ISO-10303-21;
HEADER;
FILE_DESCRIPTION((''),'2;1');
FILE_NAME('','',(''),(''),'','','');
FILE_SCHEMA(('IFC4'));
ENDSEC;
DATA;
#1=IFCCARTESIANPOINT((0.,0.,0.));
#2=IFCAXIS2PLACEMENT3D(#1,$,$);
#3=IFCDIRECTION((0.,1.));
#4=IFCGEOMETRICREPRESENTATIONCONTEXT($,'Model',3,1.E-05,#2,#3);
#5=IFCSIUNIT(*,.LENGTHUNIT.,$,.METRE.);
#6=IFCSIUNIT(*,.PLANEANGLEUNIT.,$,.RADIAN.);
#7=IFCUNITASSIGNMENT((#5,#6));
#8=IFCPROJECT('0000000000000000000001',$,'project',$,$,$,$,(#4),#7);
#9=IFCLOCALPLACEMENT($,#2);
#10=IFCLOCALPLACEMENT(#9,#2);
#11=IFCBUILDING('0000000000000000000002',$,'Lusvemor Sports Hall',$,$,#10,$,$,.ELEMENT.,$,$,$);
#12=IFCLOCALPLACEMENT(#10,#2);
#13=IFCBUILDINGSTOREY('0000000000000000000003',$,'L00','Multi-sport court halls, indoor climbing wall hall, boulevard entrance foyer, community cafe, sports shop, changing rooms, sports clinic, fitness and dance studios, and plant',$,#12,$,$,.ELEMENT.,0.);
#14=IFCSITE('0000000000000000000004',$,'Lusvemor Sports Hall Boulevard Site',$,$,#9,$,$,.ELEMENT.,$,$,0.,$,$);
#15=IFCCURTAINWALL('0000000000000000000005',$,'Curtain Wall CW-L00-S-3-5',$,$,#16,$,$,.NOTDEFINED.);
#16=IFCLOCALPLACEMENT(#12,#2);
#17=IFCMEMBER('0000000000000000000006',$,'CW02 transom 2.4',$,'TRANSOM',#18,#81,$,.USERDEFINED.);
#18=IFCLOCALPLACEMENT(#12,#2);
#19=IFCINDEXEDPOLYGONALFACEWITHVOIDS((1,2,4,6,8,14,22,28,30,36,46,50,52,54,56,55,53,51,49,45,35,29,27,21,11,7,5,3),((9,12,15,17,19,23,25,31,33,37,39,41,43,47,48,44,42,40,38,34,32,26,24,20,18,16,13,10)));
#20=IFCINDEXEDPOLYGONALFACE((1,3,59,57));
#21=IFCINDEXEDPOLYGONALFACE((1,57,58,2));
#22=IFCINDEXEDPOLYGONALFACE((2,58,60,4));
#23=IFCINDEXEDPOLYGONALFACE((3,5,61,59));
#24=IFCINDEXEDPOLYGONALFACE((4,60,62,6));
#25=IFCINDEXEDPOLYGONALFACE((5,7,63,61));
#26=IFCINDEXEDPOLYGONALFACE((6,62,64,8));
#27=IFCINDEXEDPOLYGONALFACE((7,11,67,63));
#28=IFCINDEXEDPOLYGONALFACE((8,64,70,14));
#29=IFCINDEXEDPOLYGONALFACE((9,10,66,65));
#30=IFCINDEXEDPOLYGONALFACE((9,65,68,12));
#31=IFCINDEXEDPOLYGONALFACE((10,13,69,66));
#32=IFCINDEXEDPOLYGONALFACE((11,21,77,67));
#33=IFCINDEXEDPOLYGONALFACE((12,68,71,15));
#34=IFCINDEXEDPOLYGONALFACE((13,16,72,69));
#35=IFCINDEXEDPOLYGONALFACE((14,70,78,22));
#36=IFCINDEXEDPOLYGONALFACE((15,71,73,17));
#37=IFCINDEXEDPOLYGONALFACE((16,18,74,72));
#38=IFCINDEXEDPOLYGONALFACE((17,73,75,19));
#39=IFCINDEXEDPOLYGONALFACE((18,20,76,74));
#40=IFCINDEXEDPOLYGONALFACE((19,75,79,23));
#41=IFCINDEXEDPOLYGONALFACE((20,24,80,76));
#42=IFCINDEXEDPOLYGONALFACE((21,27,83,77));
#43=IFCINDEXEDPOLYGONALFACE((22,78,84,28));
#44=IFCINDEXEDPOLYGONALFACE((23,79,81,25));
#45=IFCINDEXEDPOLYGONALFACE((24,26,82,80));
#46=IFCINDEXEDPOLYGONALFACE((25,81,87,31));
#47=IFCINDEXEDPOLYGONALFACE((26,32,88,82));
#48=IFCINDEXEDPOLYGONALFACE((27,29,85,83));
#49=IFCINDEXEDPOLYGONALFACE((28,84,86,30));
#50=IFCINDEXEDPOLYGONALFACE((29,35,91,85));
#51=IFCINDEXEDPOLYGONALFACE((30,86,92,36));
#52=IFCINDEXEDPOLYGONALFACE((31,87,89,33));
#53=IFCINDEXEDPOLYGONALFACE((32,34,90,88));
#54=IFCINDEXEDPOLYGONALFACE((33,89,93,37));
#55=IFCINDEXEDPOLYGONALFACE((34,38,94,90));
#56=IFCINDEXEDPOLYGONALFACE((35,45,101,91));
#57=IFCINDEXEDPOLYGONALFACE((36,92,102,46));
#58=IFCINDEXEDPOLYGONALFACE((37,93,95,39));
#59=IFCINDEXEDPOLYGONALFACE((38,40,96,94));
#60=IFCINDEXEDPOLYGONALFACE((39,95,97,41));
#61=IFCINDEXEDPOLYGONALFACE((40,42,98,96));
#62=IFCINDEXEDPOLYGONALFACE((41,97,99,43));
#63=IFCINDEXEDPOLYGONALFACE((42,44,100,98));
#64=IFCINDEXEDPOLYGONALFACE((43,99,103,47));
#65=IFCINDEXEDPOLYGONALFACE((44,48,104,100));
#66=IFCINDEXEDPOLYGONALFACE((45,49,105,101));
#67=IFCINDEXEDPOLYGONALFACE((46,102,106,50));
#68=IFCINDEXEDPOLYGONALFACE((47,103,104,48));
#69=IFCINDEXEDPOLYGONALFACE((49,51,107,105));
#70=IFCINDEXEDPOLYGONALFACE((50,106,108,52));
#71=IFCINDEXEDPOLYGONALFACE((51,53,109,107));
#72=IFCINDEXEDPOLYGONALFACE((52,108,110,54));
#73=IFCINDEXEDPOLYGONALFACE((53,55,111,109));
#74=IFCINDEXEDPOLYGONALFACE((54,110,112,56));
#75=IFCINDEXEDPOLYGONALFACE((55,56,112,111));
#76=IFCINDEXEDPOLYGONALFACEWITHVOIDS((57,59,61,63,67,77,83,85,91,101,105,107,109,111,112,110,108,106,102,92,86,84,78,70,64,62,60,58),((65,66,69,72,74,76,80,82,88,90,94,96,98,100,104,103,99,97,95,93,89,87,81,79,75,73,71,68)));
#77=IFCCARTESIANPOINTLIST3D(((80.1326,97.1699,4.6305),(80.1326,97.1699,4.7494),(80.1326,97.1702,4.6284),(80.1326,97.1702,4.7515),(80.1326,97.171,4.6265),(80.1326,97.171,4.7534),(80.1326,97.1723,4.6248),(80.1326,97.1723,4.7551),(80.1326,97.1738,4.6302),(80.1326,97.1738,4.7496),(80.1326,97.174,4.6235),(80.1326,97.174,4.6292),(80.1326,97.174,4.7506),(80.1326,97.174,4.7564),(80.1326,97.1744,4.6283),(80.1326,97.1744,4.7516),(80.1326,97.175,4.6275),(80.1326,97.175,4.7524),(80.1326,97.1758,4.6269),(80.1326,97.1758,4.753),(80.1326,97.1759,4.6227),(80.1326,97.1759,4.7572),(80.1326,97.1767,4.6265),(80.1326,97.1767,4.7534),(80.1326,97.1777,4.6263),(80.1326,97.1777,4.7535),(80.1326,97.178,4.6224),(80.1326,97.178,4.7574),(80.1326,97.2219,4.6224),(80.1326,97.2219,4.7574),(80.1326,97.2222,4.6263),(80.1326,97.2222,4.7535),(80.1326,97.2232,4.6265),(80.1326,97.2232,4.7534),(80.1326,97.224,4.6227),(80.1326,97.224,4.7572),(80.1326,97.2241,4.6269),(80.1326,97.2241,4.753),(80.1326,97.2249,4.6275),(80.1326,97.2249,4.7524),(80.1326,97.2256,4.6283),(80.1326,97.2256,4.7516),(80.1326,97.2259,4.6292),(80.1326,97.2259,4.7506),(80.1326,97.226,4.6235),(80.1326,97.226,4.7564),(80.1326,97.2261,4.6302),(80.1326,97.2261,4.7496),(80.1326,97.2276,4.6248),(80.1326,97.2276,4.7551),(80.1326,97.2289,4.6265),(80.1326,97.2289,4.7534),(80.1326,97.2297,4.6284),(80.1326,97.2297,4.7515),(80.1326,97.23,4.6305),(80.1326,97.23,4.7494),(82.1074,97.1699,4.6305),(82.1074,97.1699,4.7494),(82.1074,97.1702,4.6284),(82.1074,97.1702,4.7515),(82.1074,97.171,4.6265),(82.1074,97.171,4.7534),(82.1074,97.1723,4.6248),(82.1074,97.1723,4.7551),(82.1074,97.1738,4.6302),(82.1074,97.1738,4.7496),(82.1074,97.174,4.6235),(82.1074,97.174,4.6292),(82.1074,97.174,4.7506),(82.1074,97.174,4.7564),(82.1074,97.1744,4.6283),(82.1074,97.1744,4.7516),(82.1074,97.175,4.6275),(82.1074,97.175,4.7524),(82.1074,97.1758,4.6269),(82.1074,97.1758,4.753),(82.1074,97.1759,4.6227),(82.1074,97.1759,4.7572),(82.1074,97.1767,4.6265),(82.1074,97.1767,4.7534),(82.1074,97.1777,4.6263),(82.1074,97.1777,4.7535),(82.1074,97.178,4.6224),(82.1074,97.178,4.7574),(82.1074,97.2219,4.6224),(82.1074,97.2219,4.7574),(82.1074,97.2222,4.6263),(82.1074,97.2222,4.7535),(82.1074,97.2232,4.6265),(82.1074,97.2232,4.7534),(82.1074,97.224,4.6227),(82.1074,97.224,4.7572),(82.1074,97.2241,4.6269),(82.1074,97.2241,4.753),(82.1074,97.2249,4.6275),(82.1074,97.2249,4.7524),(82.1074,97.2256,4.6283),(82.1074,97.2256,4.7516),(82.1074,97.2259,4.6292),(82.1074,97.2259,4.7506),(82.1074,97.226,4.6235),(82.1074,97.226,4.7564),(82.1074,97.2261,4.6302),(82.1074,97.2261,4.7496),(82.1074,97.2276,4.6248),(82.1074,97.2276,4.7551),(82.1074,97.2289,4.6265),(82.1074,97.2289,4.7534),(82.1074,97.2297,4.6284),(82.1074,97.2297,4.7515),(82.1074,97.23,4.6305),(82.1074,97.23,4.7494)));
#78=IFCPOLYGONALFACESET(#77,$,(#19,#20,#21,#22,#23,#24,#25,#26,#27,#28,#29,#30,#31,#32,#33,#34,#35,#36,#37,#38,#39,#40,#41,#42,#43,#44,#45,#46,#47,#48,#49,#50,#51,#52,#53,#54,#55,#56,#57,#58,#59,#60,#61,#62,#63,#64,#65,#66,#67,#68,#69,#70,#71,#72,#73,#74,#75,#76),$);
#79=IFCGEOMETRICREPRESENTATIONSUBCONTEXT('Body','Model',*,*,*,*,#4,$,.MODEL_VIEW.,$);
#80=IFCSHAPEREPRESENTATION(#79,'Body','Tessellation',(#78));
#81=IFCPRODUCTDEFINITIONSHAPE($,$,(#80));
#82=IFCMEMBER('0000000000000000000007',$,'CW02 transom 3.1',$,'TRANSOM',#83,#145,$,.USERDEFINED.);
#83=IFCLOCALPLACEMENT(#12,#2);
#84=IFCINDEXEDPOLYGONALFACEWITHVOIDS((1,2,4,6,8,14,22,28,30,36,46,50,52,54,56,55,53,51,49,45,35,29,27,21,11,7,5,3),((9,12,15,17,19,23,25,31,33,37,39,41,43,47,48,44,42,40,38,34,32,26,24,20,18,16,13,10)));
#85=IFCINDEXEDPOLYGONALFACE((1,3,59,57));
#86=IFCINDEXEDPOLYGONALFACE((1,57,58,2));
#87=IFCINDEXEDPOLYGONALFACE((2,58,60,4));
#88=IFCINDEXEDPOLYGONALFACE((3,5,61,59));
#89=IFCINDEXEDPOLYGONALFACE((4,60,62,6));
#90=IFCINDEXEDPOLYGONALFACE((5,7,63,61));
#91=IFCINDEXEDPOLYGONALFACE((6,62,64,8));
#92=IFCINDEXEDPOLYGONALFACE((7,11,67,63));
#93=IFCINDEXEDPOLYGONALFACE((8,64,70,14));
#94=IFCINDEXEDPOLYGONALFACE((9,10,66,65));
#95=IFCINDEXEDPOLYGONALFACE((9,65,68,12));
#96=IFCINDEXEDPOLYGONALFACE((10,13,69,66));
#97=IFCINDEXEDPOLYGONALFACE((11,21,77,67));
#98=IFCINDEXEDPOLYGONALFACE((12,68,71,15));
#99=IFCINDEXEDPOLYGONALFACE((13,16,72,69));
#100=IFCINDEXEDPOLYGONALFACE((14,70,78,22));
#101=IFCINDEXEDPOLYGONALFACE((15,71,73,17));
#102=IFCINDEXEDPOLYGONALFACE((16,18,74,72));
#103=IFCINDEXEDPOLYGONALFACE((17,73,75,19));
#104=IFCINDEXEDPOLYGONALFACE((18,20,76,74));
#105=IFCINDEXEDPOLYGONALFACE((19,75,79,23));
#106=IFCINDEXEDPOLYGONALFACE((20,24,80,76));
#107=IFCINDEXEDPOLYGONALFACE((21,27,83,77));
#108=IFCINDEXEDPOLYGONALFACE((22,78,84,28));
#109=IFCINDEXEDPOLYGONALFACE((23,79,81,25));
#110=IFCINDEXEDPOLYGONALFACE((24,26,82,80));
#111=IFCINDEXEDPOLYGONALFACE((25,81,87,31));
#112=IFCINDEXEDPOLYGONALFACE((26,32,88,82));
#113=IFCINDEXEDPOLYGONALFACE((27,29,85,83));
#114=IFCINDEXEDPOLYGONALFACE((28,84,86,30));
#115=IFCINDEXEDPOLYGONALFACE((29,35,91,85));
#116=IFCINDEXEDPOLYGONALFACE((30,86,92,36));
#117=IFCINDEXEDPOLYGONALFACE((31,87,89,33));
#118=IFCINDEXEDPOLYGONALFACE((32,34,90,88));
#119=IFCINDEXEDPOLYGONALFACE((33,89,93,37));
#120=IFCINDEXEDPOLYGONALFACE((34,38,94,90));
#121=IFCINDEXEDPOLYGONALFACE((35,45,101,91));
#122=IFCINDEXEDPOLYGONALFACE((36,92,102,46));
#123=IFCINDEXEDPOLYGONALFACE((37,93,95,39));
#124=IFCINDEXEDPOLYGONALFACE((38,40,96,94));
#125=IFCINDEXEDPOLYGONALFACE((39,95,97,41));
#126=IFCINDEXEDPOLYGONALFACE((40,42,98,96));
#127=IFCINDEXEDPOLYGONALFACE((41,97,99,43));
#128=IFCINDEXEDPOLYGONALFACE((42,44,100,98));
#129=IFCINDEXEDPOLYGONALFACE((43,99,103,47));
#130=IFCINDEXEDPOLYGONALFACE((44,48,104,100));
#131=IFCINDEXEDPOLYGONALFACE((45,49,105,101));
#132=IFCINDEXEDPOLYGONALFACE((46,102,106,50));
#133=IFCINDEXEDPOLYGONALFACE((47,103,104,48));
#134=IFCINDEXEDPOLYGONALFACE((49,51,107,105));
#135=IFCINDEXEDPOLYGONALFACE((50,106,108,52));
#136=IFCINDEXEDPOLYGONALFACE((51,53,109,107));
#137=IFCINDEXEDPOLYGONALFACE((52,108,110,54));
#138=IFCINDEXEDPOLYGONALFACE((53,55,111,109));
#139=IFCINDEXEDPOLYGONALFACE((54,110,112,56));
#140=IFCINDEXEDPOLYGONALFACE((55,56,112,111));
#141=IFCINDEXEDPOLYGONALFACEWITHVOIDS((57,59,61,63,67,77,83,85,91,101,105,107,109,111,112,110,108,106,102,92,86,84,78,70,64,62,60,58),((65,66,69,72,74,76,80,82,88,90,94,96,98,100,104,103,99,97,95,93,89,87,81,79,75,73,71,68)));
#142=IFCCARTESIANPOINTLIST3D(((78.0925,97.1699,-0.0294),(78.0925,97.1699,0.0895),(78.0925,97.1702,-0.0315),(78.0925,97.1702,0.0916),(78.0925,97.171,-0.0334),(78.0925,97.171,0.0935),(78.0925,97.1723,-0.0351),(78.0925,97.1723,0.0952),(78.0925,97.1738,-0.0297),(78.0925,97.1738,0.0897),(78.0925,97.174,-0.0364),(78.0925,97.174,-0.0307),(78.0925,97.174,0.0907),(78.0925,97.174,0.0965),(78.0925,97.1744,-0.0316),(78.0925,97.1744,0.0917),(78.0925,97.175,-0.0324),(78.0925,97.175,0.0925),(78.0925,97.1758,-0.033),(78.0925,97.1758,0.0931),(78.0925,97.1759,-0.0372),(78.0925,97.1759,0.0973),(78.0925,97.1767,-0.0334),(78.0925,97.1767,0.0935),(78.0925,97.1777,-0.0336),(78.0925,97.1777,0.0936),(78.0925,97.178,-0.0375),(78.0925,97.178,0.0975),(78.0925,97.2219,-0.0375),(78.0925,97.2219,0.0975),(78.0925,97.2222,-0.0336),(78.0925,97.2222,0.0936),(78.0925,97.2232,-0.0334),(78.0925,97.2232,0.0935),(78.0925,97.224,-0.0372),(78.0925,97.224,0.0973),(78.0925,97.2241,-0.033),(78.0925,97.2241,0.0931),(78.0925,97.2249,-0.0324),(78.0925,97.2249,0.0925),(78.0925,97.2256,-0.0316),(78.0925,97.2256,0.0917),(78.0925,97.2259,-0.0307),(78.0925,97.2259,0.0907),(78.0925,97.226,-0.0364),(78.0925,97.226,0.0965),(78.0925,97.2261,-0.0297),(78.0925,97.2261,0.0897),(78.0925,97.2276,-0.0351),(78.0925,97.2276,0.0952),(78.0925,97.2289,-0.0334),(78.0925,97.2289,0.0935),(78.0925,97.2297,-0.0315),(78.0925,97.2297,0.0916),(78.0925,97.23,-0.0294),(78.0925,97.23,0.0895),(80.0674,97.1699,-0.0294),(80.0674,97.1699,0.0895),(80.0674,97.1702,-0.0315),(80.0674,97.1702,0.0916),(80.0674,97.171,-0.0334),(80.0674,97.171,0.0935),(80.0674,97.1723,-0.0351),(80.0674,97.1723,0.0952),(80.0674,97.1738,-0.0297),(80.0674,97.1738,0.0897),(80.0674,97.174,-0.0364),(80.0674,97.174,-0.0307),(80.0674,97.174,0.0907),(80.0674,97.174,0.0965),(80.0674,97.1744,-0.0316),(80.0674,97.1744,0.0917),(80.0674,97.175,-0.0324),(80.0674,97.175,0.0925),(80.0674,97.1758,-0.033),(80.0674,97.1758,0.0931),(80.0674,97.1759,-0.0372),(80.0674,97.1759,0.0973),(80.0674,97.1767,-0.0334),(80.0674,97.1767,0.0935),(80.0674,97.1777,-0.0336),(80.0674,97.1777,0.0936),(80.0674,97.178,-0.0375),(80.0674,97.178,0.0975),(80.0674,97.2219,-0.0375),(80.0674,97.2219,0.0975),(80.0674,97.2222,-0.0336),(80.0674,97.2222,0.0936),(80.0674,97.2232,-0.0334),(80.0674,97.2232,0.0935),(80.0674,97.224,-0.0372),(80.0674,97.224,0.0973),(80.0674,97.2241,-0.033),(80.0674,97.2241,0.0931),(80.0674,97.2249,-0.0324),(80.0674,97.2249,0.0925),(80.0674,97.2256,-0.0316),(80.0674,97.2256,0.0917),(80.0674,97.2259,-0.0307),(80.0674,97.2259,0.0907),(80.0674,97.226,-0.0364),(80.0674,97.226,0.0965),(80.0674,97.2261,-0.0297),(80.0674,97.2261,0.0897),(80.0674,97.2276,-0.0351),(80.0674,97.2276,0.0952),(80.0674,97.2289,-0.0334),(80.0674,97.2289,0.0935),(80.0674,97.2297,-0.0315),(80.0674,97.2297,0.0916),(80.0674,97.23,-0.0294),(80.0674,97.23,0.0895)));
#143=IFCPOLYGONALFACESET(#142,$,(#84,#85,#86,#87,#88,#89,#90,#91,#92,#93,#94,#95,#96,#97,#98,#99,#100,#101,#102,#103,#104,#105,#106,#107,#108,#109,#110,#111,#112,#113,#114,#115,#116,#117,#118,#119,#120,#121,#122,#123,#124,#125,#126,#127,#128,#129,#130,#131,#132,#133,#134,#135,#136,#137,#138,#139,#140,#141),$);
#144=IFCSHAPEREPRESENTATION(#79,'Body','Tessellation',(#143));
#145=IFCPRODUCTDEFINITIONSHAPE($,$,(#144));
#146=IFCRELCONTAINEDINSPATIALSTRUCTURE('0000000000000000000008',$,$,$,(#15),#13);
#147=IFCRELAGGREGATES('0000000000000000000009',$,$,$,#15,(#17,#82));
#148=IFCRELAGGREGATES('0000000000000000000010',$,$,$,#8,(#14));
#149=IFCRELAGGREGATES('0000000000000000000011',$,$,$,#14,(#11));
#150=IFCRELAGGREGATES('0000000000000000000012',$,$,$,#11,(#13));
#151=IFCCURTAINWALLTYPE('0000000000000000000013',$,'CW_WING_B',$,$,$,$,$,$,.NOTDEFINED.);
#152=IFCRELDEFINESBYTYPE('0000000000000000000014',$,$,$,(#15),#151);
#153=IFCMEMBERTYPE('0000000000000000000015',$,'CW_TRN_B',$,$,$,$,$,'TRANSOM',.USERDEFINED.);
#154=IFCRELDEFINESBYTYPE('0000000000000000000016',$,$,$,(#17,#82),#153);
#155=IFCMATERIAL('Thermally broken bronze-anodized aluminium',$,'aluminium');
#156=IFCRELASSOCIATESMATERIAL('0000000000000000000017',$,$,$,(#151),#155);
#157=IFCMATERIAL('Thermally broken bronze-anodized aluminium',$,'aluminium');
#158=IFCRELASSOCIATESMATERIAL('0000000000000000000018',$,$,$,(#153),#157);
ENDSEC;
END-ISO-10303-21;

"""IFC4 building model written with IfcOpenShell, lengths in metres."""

from ifc_helpers import new_model, si_unit, direction, frame, origin, origin_2d, place, context, subcontext, project, spatial, hollow_rectangle, extrude, material, material_profile, profile_set, type_object, element, aggregate, save


model = new_model("IFC4")

# Units and contexts
model_context = context("Model", 3, precision=1e-05, world=origin(), true_north=direction((0.0, 1.0)))
body_context = subcontext(model_context, "Body", "Model", "MODEL_VIEW")
ifc_project = project(units=[si_unit("LENGTHUNIT", "METRE"), si_unit("PLANEANGLEUNIT", "RADIAN")], contexts=[model_context])

# Site, building, storey
site_placement = place(None, origin())
site = spatial("IfcSite", under=ifc_project, at=site_placement, Name="Lusvemor Sports Hall Boulevard Site", CompositionType="ELEMENT", RefElevation=0.0)
building_placement = place(site_placement, origin())
building = spatial("IfcBuilding", under=site, at=building_placement, Name="Lusvemor Sports Hall", CompositionType="ELEMENT")
storey_placement = place(building_placement, origin())
storey = spatial("IfcBuildingStorey", under=building, at=storey_placement, Name="L00", Description="Multi-sport court halls, indoor climbing wall hall, boulevard entrance foyer, community cafe, sports shop, changing rooms, sports clinic, fitness and dance studios, and plant", CompositionType="ELEMENT", Elevation=0.0)

# Curtain wall, members
ifc_material_1 = material(Name="Thermally broken bronze-anodized aluminium", Category="aluminium")
curtain_wall_type = type_object("IfcCurtainWallType", Name="CW_WING_B", PredefinedType="NOTDEFINED", material=ifc_material_1)
curtain_wall_placement = place(storey_placement, origin())
curtain_wall = element("IfcCurtainWall", 1, at=curtain_wall_placement, inside=storey, type_object=curtain_wall_type, Name="Curtain Wall CW-L00-S-3-5", PredefinedType="NOTDEFINED")
ifc_material_2 = material(Name="Thermally broken bronze-anodized aluminium", Category="aluminium")
ifc_material_profile_1 = material_profile(ifc_material_2, hollow_rectangle(XDim=0.0601, YDim=0.135, WallThickness=0.0039, InnerFilletRadius=0.0039, OuterFilletRadius=0.0081, at=origin_2d()), Name="CWTRN135x60x4")
ifc_profile_set_1 = profile_set([ifc_material_profile_1], Name="Thermally broken bronze-anodized aluminium")
member_type_1 = type_object("IfcMemberType", Name="CW_TRN_B", ElementType="TRANSOM", PredefinedType="USERDEFINED", material=ifc_profile_set_1)
member_1_placement = place(storey_placement, frame((82.1074, 97.2, 4.6899), z_axis=(-1.0, 0.0, 0.0), x_axis=(0.0, -1.0, 0.0)))
member_1 = element("IfcMember", 2, at=member_1_placement, type_object=member_type_1, Name="CW02 transom 2.4", ObjectType="TRANSOM", PredefinedType="USERDEFINED", context=body_context, shape_type="SweptSolid", body=[
    extrude(hollow_rectangle(XDim=0.0601, YDim=0.135, WallThickness=0.0039, InnerFilletRadius=0.0039, OuterFilletRadius=0.0081, at=origin_2d()), origin(), (0.0, 0.0, 1.0), 1.9749),
])
member_2_placement = place(storey_placement, frame((80.0674, 97.2, 0.03), z_axis=(-1.0, 0.0, 0.0), x_axis=(0.0, -1.0, 0.0)))
member_2 = element("IfcMember", 3, at=member_2_placement, type_object=member_type_1, Name="CW02 transom 3.1", ObjectType="TRANSOM", PredefinedType="USERDEFINED", context=body_context, shape_type="SweptSolid", body=[
    extrude(hollow_rectangle(XDim=0.0601, YDim=0.135, WallThickness=0.0039, InnerFilletRadius=0.0039, OuterFilletRadius=0.0081, at=origin_2d()), origin(), (0.0, 0.0, 1.0), 1.9749),
])
aggregate(curtain_wall, [member_1, member_2])

save(model, "model.ifc")
